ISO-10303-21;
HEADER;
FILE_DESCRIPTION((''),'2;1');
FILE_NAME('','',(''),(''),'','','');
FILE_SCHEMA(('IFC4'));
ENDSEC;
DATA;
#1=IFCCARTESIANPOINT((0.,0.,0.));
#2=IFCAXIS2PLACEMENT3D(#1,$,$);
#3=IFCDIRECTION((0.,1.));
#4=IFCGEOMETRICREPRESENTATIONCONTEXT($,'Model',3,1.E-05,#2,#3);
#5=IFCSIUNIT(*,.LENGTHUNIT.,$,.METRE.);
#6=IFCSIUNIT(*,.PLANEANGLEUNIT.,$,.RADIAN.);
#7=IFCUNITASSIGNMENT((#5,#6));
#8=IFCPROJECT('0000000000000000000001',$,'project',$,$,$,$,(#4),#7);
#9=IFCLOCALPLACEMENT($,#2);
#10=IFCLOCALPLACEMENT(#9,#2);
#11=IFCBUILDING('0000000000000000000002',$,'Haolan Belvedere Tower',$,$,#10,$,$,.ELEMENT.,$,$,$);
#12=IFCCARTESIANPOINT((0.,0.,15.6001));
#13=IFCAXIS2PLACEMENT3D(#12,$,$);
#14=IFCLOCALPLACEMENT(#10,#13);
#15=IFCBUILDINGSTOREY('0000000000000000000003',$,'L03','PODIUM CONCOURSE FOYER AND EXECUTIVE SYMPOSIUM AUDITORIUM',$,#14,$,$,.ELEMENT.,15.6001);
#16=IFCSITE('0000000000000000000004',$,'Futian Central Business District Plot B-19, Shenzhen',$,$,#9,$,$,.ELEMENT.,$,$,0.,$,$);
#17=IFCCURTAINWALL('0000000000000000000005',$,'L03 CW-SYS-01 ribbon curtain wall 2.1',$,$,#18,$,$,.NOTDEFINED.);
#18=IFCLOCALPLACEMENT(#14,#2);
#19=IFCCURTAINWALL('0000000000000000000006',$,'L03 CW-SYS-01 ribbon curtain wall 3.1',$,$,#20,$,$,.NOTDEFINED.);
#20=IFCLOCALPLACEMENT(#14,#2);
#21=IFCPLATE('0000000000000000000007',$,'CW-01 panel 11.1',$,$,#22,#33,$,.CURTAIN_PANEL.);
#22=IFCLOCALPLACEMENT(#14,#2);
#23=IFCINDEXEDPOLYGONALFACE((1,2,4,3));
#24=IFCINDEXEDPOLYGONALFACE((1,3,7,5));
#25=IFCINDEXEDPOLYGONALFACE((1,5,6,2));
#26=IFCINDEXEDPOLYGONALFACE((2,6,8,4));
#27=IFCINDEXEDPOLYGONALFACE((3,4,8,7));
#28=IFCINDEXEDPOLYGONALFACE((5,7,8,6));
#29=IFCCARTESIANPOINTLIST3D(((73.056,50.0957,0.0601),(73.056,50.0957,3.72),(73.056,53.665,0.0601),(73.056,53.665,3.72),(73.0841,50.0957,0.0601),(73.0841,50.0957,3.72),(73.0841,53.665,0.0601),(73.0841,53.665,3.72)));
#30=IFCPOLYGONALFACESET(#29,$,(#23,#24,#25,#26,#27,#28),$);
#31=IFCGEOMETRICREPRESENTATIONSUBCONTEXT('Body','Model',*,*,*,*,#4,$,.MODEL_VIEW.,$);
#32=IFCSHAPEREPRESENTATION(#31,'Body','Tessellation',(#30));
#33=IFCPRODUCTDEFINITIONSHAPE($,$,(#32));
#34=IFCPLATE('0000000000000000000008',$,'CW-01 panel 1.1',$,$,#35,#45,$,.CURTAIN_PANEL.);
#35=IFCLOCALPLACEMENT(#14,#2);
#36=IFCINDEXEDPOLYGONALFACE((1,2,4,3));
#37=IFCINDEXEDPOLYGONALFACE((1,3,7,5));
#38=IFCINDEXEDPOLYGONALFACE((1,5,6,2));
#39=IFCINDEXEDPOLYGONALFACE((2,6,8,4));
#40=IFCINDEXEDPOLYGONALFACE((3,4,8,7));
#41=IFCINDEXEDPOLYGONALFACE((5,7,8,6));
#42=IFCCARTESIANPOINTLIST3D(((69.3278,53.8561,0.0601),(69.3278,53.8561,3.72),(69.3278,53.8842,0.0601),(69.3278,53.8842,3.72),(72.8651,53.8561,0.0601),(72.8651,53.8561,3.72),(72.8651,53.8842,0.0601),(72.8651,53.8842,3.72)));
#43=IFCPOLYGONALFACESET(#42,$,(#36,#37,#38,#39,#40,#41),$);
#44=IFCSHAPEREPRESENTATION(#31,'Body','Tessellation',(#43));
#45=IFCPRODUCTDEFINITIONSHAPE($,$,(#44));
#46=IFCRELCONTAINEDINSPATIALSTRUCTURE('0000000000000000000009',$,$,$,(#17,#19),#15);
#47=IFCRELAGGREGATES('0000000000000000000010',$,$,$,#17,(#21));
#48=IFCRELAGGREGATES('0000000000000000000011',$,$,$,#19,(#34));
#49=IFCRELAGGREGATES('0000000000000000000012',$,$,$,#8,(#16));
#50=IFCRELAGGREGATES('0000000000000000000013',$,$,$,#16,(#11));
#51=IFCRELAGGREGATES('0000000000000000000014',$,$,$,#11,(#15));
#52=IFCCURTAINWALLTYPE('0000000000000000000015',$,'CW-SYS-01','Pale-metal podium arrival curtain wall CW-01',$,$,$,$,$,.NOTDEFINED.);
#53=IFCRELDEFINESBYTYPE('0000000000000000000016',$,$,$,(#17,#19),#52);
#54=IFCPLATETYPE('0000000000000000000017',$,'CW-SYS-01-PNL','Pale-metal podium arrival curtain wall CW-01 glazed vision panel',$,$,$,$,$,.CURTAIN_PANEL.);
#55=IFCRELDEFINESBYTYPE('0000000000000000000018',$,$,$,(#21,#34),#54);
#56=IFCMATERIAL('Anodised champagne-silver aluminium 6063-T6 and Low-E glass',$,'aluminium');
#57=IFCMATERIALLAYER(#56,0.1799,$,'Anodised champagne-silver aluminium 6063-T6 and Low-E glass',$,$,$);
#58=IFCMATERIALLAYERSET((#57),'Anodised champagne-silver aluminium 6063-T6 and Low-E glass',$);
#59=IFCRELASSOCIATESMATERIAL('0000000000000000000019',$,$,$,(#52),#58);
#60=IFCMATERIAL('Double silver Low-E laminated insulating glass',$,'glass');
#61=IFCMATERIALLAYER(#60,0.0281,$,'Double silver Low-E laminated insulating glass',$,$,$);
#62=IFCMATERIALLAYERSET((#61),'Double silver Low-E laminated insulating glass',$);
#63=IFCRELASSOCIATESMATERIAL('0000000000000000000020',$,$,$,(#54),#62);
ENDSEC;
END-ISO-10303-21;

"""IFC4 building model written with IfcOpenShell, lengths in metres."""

from ifc_helpers import new_model, si_unit, direction, frame, origin, origin_2d, place, context, subcontext, project, spatial, rectangle, extrude, material, layer, layer_set, type_object, element, aggregate, save


model = new_model("IFC4")

# Units and contexts
model_context = context("Model", 3, precision=1e-05, world=origin(), true_north=direction((0.0, 1.0)))
body_context = subcontext(model_context, "Body", "Model", "MODEL_VIEW")
ifc_project = project(units=[si_unit("LENGTHUNIT", "METRE"), si_unit("PLANEANGLEUNIT", "RADIAN")], contexts=[model_context])

# Site, building, storey
site_placement = place(None, origin())
site = spatial("IfcSite", under=ifc_project, at=site_placement, Name="Futian Central Business District Plot B-19, Shenzhen", CompositionType="ELEMENT", RefElevation=0.0)
building_placement = place(site_placement, origin())
building = spatial("IfcBuilding", under=site, at=building_placement, Name="Haolan Belvedere Tower", CompositionType="ELEMENT")
storey_placement = place(building_placement, frame((0.0, 0.0, 15.6001)))
storey = spatial("IfcBuildingStorey", under=building, at=storey_placement, Name="L03", Description="PODIUM CONCOURSE FOYER AND EXECUTIVE SYMPOSIUM AUDITORIUM", CompositionType="ELEMENT", Elevation=15.6001)

# Curtain wall
ifc_material_1 = material(Name="Anodised champagne-silver aluminium 6063-T6 and Low-E glass", Category="aluminium")
ifc_layer_1 = layer(ifc_material_1, 0.1799, Name="Anodised champagne-silver aluminium 6063-T6 and Low-E glass")
ifc_layer_set_1 = layer_set([ifc_layer_1], Name="Anodised champagne-silver aluminium 6063-T6 and Low-E glass")
curtain_wall_type = type_object("IfcCurtainWallType", Name="CW-SYS-01", Description="Pale-metal podium arrival curtain wall CW-01", PredefinedType="NOTDEFINED", material=ifc_layer_set_1)
curtain_wall_1_placement = place(storey_placement, origin())
curtain_wall_1 = element("IfcCurtainWall", 1, at=curtain_wall_1_placement, inside=storey, type_object=curtain_wall_type, Name="L03 CW-SYS-01 ribbon curtain wall 2.1", PredefinedType="NOTDEFINED")

# Curtain wall
curtain_wall_2_placement = place(storey_placement, origin())
curtain_wall_2 = element("IfcCurtainWall", 2, at=curtain_wall_2_placement, inside=storey, type_object=curtain_wall_type, Name="L03 CW-SYS-01 ribbon curtain wall 3.1", PredefinedType="NOTDEFINED")

# Plates
ifc_material_2 = material(Name="Double silver Low-E laminated insulating glass", Category="glass")
ifc_layer_2 = layer(ifc_material_2, 0.0281, Name="Double silver Low-E laminated insulating glass")
ifc_layer_set_2 = layer_set([ifc_layer_2], Name="Double silver Low-E laminated insulating glass")
plate_type = type_object("IfcPlateType", Name="CW-SYS-01-PNL", Description="Pale-metal podium arrival curtain wall CW-01 glazed vision panel", PredefinedType="CURTAIN_PANEL", material=ifc_layer_set_2)
plate_1_placement = place(storey_placement, frame((73.0701, 51.8804, 0.0601), z_axis=(0.0, 0.0, 1.0), x_axis=(0.0, 1.0, 0.0)))
plate_1 = element("IfcPlate", 3, at=plate_1_placement, type_object=plate_type, Name="CW-01 panel 11.1", PredefinedType="CURTAIN_PANEL", context=body_context, shape_type="SweptSolid", body=[
    extrude(rectangle(XDim=3.5693, YDim=0.0281, at=origin_2d()), origin(), (0.0, 0.0, 1.0), 3.6599),
])
aggregate(curtain_wall_1, [plate_1])
plate_2_placement = place(storey_placement, frame((71.0964, 53.8701, 0.0601), z_axis=(0.0, 0.0, 1.0), x_axis=(-1.0, 0.0, 0.0)))
plate_2 = element("IfcPlate", 4, at=plate_2_placement, type_object=plate_type, Name="CW-01 panel 1.1", PredefinedType="CURTAIN_PANEL", context=body_context, shape_type="SweptSolid", body=[
    extrude(rectangle(XDim=3.5374, YDim=0.0281, at=origin_2d()), origin(), (0.0, 0.0, 1.0), 3.6599),
])
aggregate(curtain_wall_2, [plate_2])

save(model, "model.ifc")
